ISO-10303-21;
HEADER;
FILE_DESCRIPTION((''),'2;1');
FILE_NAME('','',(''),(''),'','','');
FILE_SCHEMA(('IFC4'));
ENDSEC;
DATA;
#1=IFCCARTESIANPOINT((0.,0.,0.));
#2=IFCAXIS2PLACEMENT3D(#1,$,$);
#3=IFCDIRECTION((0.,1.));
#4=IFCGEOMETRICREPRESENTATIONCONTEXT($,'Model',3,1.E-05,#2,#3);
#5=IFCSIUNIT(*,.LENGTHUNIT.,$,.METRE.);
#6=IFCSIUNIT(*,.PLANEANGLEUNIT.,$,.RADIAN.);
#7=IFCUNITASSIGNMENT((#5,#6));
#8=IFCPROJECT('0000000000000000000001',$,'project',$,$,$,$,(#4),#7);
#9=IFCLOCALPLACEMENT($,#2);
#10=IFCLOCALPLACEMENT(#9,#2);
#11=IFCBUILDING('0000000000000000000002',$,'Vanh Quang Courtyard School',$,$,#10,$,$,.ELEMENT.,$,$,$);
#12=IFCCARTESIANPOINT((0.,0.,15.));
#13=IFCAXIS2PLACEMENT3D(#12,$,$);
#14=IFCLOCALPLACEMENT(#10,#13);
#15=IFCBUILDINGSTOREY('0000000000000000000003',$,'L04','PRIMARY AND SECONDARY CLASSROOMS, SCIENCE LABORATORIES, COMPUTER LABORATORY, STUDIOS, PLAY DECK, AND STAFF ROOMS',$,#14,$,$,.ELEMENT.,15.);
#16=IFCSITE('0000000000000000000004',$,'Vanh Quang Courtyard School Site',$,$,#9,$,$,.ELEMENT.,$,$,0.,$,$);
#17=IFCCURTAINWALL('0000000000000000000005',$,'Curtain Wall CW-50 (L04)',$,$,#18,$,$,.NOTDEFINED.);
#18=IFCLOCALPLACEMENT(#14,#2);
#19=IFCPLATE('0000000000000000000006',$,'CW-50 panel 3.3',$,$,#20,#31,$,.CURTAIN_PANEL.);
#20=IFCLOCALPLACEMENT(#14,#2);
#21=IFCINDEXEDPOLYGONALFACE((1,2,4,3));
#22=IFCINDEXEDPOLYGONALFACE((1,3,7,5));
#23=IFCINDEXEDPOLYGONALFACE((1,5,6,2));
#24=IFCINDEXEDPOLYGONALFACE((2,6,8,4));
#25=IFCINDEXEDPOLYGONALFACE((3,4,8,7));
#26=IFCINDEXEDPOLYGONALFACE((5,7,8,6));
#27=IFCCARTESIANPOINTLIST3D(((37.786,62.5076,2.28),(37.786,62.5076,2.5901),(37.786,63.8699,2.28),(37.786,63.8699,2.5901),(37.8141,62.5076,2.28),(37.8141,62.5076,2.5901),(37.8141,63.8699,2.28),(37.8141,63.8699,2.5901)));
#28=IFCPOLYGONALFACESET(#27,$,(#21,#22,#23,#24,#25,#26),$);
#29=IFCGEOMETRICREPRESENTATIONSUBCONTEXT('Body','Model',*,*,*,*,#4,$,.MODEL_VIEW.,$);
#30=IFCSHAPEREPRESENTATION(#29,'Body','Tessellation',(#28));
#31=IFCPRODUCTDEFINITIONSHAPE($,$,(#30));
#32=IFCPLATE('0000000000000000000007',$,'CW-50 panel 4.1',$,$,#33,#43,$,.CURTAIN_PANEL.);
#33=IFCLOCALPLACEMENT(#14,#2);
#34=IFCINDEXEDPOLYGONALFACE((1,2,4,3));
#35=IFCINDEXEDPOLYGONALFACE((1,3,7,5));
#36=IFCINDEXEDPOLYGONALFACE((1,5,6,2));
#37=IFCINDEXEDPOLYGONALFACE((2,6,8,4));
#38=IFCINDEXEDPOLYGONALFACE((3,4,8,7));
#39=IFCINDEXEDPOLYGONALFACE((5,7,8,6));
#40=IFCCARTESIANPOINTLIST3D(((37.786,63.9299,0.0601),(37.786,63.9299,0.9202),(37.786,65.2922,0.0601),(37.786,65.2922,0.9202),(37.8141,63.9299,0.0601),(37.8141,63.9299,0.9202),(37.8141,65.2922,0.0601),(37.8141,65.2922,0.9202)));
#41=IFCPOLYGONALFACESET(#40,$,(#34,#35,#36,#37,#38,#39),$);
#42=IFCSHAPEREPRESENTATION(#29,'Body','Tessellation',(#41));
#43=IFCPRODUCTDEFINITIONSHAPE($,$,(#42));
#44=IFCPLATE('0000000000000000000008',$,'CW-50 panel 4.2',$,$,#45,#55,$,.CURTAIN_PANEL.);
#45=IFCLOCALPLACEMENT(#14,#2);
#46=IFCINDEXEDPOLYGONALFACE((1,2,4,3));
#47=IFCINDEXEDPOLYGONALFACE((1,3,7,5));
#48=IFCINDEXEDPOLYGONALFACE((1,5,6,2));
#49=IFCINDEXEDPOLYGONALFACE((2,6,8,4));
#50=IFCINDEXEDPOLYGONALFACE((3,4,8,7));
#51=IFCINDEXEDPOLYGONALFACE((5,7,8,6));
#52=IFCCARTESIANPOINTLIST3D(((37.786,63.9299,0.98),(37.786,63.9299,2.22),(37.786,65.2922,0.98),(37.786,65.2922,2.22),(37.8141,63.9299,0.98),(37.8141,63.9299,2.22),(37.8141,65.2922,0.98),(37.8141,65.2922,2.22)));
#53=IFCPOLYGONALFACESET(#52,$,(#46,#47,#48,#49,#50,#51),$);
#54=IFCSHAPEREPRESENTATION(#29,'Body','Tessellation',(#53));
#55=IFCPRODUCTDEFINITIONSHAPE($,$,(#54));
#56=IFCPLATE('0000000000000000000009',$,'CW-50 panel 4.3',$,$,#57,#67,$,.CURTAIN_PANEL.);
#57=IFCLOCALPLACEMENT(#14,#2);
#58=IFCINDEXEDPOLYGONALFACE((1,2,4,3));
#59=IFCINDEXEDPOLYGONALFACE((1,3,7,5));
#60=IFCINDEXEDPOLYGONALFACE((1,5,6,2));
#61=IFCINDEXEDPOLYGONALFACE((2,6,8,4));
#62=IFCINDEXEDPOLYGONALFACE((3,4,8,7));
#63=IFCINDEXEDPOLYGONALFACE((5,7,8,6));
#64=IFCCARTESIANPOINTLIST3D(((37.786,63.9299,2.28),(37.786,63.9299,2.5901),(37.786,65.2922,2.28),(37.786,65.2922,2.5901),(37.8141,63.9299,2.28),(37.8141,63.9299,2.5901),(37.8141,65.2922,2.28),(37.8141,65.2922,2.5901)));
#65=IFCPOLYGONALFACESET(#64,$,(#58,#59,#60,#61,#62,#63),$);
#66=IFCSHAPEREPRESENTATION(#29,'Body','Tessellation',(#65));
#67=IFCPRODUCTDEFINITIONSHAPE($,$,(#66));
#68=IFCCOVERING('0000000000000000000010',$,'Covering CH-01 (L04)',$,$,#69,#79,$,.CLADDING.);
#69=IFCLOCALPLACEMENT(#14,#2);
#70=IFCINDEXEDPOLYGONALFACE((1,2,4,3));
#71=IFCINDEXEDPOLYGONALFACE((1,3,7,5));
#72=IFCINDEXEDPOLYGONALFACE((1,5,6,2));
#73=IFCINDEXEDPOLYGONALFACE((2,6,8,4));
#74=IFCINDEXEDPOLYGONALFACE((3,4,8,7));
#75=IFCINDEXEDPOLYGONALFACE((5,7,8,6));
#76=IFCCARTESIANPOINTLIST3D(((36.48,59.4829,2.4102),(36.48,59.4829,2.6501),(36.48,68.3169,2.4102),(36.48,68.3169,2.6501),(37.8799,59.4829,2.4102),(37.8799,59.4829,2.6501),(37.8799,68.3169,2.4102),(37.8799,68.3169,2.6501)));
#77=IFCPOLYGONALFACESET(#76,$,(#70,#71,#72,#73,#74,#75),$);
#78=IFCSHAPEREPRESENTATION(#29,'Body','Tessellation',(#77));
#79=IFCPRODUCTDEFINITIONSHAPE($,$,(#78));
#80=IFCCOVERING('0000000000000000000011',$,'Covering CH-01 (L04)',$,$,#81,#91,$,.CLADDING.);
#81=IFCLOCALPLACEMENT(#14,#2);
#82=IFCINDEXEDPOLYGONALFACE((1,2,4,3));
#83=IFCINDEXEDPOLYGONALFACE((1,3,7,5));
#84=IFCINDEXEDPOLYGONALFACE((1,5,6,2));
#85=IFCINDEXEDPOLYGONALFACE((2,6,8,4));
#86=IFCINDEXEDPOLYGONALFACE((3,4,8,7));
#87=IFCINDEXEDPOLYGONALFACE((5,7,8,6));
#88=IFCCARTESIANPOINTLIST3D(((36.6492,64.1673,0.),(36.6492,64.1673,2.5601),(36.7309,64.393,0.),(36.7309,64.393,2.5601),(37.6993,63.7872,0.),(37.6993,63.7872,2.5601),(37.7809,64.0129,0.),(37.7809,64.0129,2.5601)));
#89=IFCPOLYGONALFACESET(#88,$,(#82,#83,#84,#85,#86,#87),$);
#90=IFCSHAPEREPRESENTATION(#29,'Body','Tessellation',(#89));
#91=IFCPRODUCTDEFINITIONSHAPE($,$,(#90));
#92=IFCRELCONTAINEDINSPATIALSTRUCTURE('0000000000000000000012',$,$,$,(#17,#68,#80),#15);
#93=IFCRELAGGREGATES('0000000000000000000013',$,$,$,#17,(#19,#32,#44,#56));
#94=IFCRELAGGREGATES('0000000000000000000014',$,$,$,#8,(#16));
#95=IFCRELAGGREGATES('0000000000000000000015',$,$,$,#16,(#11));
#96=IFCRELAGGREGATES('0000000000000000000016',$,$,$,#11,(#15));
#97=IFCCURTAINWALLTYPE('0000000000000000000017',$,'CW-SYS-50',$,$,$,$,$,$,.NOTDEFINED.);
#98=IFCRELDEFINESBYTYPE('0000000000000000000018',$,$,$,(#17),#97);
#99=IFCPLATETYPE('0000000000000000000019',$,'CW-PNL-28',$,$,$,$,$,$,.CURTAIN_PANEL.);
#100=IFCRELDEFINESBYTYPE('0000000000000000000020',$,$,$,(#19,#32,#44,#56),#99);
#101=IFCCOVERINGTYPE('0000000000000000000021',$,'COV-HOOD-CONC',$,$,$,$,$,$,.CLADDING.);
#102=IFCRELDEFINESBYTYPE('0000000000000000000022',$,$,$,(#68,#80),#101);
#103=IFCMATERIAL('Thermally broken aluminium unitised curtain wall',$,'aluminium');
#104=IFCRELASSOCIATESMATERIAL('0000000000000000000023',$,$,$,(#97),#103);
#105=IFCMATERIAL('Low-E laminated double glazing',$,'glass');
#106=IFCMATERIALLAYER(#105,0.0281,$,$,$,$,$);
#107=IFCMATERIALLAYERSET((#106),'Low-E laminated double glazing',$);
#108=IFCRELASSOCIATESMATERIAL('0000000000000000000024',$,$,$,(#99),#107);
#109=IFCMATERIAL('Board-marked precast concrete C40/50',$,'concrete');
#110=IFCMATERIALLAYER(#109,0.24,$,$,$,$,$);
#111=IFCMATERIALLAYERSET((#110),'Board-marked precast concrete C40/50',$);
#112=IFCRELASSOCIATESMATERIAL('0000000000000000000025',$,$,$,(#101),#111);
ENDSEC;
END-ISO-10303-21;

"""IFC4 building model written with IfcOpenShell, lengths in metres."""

from ifc_helpers import new_model, si_unit, direction, frame, origin, origin_2d, place, context, subcontext, project, spatial, rectangle, extrude, material, layer, layer_set, type_object, element, aggregate, save


model = new_model("IFC4")

# Units and contexts
model_context = context("Model", 3, precision=1e-05, world=origin(), true_north=direction((0.0, 1.0)))
body_context = subcontext(model_context, "Body", "Model", "MODEL_VIEW")
ifc_project = project(units=[si_unit("LENGTHUNIT", "METRE"), si_unit("PLANEANGLEUNIT", "RADIAN")], contexts=[model_context])

# Site, building, storey
site_placement = place(None, origin())
site = spatial("IfcSite", under=ifc_project, at=site_placement, Name="Vanh Quang Courtyard School Site", CompositionType="ELEMENT", RefElevation=0.0)
building_placement = place(site_placement, origin())
building = spatial("IfcBuilding", under=site, at=building_placement, Name="Vanh Quang Courtyard School", CompositionType="ELEMENT")
storey_placement = place(building_placement, frame((0.0, 0.0, 15.0)))
storey = spatial("IfcBuildingStorey", under=building, at=storey_placement, Name="L04", Description="PRIMARY AND SECONDARY CLASSROOMS, SCIENCE LABORATORIES, COMPUTER LABORATORY, STUDIOS, PLAY DECK, AND STAFF ROOMS", CompositionType="ELEMENT", Elevation=15.0)

# Curtain wall, plates
ifc_material_1 = material(Name="Thermally broken aluminium unitised curtain wall", Category="aluminium")
curtain_wall_type = type_object("IfcCurtainWallType", Name="CW-SYS-50", PredefinedType="NOTDEFINED", material=ifc_material_1)
curtain_wall_placement = place(storey_placement, origin())
curtain_wall = element("IfcCurtainWall", 1, at=curtain_wall_placement, inside=storey, type_object=curtain_wall_type, Name="Curtain Wall CW-50 (L04)", PredefinedType="NOTDEFINED")
ifc_material_2 = material(Name="Low-E laminated double glazing", Category="glass")
ifc_layer_1 = layer(ifc_material_2, 0.0281)
ifc_layer_set_1 = layer_set([ifc_layer_1], Name="Low-E laminated double glazing")
plate_type = type_object("IfcPlateType", Name="CW-PNL-28", PredefinedType="CURTAIN_PANEL", material=ifc_layer_set_1)
plate_1_placement = place(storey_placement, frame((37.8, 63.1887, 2.28), z_axis=(0.0, 0.0, 1.0), x_axis=(0.0, 1.0, 0.0)))
plate_1 = element("IfcPlate", 2, at=plate_1_placement, type_object=plate_type, Name="CW-50 panel 3.3", PredefinedType="CURTAIN_PANEL", context=body_context, shape_type="SweptSolid", body=[
    extrude(rectangle(XDim=1.3623, YDim=0.0281, at=origin_2d()), origin(), (0.0, 0.0, 1.0), 0.3101),
])
plate_2_placement = place(storey_placement, frame((37.8, 64.6111, 0.0601), z_axis=(0.0, 0.0, 1.0), x_axis=(0.0, 1.0, 0.0)))
plate_2 = element("IfcPlate", 3, at=plate_2_placement, type_object=plate_type, Name="CW-50 panel 4.1", PredefinedType="CURTAIN_PANEL", context=body_context, shape_type="SweptSolid", body=[
    extrude(rectangle(XDim=1.3623, YDim=0.0281, at=origin_2d()), origin(), (0.0, 0.0, 1.0), 0.8601),
])
plate_3_placement = place(storey_placement, frame((37.8, 64.6111, 0.98), z_axis=(0.0, 0.0, 1.0), x_axis=(0.0, 1.0, 0.0)))
plate_3 = element("IfcPlate", 4, at=plate_3_placement, type_object=plate_type, Name="CW-50 panel 4.2", PredefinedType="CURTAIN_PANEL", context=body_context, shape_type="SweptSolid", body=[
    extrude(rectangle(XDim=1.3623, YDim=0.0281, at=origin_2d()), origin(), (0.0, 0.0, 1.0), 1.24),
])
plate_4_placement = place(storey_placement, frame((37.8, 64.6111, 2.28), z_axis=(0.0, 0.0, 1.0), x_axis=(0.0, 1.0, 0.0)))
plate_4 = element("IfcPlate", 5, at=plate_4_placement, type_object=plate_type, Name="CW-50 panel 4.3", PredefinedType="CURTAIN_PANEL", context=body_context, shape_type="SweptSolid", body=[
    extrude(rectangle(XDim=1.3623, YDim=0.0281, at=origin_2d()), origin(), (0.0, 0.0, 1.0), 0.3101),
])
aggregate(curtain_wall, [plate_1, plate_2, plate_3, plate_4])

# Coverings
ifc_material_3 = material(Name="Board-marked precast concrete C40/50", Category="concrete")
ifc_layer_2 = layer(ifc_material_3, 0.24)
ifc_layer_set_2 = layer_set([ifc_layer_2], Name="Board-marked precast concrete C40/50")
covering_type = type_object("IfcCoveringType", Name="COV-HOOD-CONC", PredefinedType="CLADDING", material=ifc_layer_set_2)
covering_1_placement = place(storey_placement, frame((37.1799, 63.8999, 2.4102), z_axis=(0.0, 0.0, 1.0), x_axis=(0.0, 1.0, 0.0)))
element("IfcCovering", 6, at=covering_1_placement, inside=storey, type_object=covering_type, Name="Covering CH-01 (L04)", PredefinedType="CLADDING", context=body_context, shape_type="SweptSolid", body=[
    extrude(rectangle(XDim=8.834, YDim=1.3999, at=origin_2d()), origin(), (0.0, 0.0, 1.0), 0.24),
])
covering_2_placement = place(storey_placement, frame((37.2151, 64.0901, 0.0), z_axis=(0.0, 0.0, 1.0), x_axis=(-0.940288, 0.34038, 0.0)))
element("IfcCovering", 7, at=covering_2_placement, inside=storey, type_object=covering_type, Name="Covering CH-01 (L04)", PredefinedType="CLADDING", context=body_context, shape_type="SweptSolid", body=[
    extrude(rectangle(XDim=1.1167, YDim=0.24, at=origin_2d()), origin(), (0.0, 0.0, 1.0), 2.5601),
])

save(model, "model.ifc")
